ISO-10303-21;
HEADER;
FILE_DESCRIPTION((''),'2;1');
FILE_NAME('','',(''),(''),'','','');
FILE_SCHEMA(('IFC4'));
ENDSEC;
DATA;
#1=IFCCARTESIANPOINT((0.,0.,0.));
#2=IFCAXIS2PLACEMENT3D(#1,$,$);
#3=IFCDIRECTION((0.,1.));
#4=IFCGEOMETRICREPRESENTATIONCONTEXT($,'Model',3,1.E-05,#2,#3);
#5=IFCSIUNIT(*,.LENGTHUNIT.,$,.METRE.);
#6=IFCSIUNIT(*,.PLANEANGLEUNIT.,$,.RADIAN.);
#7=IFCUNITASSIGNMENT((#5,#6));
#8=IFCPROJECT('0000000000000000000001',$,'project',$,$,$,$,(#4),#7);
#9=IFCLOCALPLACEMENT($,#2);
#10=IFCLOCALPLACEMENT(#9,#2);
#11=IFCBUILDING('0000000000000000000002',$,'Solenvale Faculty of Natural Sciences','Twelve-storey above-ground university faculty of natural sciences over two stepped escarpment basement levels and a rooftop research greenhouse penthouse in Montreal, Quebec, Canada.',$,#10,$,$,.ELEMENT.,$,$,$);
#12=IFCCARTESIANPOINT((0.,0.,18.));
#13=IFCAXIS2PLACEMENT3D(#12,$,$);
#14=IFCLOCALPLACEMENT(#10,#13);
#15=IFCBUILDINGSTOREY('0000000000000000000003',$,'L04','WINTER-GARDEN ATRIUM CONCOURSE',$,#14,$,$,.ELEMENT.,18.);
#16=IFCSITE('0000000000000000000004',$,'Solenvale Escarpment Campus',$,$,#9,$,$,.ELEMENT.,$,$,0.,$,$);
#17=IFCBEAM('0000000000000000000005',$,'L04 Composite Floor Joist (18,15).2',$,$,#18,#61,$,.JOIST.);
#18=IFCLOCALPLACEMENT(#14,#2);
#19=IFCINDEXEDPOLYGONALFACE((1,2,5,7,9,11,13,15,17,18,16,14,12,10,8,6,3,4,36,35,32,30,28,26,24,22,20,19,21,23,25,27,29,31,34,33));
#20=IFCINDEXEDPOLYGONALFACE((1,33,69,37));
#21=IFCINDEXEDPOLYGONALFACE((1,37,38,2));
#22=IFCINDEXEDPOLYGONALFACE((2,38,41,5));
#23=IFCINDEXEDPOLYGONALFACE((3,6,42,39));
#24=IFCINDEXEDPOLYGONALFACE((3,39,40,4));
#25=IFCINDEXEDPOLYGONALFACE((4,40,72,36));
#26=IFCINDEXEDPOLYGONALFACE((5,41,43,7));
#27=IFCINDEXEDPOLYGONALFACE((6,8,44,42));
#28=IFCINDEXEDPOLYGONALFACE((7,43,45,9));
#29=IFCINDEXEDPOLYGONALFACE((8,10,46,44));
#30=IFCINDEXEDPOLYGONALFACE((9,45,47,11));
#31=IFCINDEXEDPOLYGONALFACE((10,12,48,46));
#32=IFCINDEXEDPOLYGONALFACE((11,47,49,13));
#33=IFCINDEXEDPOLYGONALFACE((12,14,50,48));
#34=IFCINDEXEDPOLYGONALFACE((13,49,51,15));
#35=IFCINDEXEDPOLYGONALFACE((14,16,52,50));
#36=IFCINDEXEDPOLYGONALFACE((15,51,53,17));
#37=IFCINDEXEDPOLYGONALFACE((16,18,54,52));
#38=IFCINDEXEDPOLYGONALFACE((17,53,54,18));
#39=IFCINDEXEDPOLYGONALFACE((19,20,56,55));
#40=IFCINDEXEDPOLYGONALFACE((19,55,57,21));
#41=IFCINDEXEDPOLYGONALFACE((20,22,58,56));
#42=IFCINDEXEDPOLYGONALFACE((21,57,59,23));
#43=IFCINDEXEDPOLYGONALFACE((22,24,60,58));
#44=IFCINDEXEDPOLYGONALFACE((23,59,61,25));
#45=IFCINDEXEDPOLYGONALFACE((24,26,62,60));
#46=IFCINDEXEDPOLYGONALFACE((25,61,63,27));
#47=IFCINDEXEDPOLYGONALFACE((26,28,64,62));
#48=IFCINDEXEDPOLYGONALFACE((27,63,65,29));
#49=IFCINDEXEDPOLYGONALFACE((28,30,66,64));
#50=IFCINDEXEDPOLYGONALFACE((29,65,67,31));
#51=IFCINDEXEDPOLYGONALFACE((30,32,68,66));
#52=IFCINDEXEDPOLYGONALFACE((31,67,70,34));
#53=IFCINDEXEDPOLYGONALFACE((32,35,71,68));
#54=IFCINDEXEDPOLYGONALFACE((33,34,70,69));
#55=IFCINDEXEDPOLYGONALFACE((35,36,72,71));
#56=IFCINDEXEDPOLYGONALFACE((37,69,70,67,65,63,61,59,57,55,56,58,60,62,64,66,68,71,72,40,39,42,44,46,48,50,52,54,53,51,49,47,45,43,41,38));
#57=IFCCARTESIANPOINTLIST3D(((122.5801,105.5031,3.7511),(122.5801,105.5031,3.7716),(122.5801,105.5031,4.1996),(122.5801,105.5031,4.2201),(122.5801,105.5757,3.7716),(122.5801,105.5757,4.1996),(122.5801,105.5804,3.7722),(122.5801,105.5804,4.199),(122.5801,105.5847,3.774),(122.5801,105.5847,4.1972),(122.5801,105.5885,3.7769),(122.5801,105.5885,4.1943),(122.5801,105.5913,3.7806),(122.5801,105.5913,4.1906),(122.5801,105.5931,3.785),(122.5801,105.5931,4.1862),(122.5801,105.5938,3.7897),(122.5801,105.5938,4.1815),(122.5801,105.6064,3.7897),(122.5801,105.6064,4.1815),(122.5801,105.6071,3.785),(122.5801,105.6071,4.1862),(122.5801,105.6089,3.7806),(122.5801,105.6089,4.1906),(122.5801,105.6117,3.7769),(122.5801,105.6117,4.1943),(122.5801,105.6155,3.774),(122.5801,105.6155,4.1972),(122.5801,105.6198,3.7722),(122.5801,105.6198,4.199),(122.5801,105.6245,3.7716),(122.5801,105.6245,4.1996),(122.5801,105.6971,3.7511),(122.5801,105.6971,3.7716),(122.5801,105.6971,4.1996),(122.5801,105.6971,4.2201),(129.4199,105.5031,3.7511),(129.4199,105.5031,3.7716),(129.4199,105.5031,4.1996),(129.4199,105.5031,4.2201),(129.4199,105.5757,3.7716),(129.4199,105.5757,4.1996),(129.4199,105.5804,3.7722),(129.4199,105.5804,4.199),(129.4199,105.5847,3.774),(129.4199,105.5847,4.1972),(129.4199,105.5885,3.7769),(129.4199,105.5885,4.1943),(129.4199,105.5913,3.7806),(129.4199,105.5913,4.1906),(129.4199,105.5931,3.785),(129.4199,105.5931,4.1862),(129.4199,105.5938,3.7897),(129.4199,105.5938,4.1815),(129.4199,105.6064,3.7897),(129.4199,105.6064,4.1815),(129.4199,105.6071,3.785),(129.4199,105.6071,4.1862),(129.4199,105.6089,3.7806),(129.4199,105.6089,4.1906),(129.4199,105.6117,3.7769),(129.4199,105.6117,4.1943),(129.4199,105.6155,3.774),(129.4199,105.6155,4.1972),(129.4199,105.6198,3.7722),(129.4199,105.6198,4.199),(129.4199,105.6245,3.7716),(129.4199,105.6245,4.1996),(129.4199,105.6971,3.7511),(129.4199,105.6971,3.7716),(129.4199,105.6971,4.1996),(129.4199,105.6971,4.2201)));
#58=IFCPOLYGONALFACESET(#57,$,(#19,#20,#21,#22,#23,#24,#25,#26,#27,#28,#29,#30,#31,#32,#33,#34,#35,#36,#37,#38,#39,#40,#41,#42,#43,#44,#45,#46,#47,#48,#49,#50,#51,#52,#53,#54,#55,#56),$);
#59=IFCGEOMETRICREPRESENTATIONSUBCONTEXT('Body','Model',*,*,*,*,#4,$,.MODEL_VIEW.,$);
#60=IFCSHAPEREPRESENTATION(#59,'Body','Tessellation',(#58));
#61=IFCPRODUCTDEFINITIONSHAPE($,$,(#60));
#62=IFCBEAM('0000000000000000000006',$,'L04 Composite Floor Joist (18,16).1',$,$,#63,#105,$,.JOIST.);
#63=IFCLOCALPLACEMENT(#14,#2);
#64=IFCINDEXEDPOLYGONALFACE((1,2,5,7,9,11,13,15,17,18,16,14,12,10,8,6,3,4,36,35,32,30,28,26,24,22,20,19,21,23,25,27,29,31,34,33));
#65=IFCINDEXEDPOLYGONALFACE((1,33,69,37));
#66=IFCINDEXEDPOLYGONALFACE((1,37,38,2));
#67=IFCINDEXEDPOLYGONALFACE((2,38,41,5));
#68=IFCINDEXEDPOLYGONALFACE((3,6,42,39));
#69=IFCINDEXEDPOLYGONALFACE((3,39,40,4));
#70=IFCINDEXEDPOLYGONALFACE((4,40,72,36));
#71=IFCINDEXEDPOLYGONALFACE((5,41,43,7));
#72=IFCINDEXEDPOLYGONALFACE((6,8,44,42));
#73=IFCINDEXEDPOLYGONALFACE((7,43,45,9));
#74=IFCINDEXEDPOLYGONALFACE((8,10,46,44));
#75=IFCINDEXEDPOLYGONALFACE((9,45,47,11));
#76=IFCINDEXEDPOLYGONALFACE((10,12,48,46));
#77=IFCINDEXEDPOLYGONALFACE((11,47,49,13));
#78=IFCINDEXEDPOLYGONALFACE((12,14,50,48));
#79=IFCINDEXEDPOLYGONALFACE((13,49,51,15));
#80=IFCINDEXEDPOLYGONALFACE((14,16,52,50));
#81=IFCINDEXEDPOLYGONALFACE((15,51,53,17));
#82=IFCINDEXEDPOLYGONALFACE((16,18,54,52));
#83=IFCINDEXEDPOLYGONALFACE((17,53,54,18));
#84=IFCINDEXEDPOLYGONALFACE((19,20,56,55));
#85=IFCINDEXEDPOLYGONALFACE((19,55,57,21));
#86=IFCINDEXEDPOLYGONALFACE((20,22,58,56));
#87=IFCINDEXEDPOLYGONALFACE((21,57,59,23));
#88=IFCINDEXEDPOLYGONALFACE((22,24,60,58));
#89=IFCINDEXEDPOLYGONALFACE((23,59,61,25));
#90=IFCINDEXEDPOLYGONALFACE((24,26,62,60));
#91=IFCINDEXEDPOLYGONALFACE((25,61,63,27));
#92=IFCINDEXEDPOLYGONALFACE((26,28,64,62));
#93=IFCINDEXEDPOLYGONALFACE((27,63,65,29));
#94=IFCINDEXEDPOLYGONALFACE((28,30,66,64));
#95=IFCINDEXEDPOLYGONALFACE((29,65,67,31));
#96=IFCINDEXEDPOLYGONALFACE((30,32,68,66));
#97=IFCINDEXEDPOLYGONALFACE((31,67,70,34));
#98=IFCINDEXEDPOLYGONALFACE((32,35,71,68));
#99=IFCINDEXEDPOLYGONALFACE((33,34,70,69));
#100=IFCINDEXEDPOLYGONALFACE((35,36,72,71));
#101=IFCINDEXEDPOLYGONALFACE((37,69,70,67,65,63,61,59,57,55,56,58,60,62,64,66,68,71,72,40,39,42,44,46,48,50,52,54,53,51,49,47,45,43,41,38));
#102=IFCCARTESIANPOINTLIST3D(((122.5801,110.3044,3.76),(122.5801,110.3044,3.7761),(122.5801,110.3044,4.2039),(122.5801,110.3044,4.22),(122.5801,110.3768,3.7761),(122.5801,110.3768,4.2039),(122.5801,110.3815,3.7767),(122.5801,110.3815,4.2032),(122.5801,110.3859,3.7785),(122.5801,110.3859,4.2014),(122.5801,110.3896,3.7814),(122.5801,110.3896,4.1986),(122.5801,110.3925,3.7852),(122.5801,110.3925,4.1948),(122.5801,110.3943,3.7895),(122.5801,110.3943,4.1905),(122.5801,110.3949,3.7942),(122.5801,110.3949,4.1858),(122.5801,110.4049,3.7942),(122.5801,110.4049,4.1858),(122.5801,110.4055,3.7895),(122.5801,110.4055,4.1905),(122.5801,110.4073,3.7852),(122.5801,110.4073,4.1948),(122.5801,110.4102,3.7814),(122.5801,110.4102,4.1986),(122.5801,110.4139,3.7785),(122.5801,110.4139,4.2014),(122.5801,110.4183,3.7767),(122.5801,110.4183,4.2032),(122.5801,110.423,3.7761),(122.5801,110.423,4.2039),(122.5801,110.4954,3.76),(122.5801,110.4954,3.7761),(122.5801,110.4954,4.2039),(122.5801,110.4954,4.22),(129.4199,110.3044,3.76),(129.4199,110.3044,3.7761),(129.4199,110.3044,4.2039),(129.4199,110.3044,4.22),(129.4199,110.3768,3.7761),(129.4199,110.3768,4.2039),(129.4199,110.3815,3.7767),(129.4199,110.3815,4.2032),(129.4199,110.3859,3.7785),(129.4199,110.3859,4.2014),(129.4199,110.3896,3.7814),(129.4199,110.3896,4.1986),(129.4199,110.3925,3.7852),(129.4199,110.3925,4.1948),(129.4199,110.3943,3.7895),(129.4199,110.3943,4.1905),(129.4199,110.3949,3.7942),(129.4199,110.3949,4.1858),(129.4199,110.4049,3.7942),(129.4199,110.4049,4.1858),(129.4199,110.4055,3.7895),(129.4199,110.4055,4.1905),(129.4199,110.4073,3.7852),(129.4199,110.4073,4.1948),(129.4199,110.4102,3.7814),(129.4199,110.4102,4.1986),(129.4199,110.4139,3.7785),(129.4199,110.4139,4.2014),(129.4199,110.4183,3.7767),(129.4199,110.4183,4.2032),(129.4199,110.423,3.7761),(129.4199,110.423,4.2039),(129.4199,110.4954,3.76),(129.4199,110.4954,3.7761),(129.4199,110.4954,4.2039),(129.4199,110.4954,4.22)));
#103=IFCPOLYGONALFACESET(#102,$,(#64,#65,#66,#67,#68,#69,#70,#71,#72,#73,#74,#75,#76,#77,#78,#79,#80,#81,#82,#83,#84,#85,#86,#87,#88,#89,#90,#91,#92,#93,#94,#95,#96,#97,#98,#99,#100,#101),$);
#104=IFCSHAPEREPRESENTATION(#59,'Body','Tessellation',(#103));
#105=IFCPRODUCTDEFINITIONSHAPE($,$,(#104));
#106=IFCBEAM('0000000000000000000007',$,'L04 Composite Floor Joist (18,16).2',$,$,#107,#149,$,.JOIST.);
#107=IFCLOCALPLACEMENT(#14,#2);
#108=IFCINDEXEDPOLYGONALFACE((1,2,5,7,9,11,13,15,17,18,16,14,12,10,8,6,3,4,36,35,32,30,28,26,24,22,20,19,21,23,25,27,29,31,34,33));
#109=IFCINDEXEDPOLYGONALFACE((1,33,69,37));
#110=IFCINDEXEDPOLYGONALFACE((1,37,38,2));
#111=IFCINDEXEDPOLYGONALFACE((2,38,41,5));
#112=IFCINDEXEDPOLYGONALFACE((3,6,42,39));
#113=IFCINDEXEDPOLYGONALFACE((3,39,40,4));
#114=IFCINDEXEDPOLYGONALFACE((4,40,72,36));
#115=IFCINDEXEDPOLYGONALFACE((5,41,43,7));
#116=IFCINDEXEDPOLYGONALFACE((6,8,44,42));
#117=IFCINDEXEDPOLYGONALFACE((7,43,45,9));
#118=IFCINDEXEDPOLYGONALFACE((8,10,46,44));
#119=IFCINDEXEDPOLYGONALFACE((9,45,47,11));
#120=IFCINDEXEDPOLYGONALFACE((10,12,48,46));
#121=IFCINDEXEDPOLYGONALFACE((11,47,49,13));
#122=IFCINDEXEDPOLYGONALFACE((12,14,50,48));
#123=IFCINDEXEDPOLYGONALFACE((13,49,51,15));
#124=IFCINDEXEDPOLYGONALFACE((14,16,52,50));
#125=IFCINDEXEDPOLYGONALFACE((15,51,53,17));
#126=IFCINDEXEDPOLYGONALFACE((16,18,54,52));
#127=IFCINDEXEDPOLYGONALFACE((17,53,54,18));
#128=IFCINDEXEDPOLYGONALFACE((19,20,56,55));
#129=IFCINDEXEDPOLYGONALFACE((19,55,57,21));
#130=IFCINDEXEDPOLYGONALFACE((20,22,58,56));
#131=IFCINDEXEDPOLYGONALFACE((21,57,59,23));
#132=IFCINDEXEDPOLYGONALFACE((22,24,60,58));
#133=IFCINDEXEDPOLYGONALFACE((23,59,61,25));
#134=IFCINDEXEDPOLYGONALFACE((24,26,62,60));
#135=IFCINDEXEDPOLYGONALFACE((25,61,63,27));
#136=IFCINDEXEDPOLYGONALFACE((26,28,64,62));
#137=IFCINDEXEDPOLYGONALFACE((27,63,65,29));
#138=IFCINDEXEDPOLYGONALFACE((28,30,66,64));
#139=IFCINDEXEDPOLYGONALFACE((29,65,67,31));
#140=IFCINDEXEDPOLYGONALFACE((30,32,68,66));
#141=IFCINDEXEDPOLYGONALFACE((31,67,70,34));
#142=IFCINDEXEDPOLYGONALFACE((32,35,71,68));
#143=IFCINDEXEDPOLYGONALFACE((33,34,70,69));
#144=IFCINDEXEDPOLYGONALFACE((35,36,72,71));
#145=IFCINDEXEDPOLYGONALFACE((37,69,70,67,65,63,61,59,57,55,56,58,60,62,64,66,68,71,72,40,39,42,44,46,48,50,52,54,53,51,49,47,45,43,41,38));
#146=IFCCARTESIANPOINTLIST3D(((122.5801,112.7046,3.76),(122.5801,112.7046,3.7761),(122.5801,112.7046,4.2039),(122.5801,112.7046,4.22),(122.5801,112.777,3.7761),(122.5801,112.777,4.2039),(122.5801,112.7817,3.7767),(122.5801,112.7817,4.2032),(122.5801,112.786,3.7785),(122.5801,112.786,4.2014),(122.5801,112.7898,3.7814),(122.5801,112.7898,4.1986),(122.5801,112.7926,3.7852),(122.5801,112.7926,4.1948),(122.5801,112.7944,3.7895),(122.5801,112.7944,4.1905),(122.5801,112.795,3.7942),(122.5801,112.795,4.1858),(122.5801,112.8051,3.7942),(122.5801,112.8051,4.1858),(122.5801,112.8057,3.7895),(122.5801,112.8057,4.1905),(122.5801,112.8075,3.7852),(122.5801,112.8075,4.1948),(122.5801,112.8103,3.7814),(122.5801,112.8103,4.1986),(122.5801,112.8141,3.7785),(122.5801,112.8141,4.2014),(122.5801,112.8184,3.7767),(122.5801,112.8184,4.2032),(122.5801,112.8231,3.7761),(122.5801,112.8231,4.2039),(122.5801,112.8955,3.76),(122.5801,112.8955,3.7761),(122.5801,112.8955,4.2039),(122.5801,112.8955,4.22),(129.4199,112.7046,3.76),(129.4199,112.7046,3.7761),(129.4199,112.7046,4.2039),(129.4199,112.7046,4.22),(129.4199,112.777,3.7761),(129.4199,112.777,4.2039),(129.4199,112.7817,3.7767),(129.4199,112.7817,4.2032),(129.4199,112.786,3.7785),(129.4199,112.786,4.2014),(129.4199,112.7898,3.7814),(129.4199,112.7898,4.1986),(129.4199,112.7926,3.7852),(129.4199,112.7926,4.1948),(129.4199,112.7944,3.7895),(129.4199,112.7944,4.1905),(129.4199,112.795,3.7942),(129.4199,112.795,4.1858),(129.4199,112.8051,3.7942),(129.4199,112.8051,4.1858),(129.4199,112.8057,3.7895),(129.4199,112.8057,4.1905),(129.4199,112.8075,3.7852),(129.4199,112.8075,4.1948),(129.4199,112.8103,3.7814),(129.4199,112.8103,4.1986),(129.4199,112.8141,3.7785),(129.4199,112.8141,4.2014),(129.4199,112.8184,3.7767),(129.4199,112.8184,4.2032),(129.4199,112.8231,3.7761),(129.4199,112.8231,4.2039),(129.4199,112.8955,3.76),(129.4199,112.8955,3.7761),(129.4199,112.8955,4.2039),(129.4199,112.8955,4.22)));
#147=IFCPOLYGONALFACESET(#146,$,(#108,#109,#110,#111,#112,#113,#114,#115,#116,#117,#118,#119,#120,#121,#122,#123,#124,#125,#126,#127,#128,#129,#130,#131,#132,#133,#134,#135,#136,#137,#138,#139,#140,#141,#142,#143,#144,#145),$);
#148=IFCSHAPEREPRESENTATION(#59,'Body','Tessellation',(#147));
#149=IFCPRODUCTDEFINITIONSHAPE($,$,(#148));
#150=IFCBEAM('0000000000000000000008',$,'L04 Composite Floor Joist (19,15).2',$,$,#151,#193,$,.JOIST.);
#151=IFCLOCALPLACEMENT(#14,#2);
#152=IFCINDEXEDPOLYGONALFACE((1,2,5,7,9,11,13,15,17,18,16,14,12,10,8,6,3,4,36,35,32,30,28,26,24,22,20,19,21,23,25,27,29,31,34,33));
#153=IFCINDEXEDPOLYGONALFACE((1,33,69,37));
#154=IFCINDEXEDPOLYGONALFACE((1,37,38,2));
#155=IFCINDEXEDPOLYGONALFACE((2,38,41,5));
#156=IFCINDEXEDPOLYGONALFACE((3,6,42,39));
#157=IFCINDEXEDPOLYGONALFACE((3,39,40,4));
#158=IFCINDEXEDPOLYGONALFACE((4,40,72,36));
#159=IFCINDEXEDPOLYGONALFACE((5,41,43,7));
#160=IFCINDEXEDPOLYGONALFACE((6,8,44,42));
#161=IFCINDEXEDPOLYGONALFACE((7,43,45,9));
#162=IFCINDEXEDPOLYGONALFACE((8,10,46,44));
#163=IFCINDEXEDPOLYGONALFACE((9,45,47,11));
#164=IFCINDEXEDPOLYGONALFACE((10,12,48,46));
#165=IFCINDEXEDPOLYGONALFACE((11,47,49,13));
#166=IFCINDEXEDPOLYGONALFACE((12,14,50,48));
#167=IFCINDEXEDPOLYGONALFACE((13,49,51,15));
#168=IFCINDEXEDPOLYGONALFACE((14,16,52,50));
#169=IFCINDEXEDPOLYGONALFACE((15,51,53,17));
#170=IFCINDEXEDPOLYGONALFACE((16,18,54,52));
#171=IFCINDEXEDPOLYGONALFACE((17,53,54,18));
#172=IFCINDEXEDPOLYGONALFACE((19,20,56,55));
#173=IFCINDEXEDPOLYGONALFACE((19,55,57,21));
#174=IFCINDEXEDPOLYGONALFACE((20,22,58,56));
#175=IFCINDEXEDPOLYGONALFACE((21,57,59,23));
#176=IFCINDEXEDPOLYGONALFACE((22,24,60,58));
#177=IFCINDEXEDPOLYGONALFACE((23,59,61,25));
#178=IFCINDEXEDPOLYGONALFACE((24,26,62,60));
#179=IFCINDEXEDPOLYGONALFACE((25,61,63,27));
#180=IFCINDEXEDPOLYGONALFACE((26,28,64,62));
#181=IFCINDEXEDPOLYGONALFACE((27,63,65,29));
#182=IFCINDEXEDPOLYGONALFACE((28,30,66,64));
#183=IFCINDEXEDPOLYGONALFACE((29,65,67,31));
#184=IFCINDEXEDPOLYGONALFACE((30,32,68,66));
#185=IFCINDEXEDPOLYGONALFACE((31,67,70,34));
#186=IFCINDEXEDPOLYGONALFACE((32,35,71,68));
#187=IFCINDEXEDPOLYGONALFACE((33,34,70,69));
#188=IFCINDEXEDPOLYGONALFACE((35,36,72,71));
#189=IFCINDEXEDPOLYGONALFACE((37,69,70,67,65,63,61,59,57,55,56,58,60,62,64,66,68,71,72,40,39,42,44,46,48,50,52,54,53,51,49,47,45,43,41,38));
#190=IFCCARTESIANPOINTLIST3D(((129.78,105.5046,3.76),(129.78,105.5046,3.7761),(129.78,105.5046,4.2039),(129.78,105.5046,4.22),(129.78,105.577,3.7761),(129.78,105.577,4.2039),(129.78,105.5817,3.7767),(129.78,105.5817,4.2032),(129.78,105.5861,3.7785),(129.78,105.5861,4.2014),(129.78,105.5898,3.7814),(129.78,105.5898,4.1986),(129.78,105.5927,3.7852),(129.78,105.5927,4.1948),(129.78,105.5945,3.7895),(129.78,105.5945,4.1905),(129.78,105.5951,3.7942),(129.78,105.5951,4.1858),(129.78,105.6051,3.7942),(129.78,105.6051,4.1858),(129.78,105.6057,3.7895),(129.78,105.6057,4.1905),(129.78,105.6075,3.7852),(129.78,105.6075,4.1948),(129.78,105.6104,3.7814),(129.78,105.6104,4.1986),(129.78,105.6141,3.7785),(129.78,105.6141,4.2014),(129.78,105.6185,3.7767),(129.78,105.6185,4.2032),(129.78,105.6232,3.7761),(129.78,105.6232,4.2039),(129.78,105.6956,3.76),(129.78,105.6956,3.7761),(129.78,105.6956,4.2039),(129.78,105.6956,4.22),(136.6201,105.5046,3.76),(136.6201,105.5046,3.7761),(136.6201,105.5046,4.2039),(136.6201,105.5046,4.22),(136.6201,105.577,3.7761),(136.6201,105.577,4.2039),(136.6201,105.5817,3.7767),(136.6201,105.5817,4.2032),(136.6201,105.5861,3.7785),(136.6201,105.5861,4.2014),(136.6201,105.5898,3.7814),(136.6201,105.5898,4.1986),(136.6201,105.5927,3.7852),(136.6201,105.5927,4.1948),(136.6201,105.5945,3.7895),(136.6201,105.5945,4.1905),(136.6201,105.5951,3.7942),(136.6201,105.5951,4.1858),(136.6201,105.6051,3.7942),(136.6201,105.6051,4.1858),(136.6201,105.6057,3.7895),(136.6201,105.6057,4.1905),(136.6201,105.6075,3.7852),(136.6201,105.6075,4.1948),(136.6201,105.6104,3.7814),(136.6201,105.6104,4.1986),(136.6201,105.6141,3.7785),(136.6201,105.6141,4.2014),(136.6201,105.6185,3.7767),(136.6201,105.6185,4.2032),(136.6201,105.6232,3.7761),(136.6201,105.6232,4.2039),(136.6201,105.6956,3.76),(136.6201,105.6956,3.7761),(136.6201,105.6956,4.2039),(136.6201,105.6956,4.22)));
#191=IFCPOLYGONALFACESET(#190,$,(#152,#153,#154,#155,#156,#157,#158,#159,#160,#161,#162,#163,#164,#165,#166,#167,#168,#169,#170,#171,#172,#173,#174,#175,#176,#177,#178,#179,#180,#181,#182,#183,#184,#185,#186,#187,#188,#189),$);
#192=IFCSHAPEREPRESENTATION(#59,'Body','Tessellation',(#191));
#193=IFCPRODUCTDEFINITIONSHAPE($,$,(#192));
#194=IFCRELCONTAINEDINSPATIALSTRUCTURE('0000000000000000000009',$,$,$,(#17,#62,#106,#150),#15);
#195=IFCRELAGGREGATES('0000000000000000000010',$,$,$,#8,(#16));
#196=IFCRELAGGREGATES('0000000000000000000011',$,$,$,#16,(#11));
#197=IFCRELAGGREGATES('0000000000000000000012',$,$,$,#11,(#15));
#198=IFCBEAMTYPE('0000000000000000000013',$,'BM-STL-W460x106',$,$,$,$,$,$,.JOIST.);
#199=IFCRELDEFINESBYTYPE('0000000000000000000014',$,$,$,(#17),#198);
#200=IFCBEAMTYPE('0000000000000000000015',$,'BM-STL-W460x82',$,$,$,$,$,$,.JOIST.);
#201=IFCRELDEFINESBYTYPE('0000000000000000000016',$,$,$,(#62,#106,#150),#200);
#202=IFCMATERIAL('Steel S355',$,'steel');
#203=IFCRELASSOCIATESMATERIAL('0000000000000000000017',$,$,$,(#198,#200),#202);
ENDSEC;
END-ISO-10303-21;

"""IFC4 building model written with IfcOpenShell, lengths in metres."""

from ifc_helpers import new_model, si_unit, direction, frame, origin, origin_2d, place, context, subcontext, project, spatial, i_section, extrude, material, material_profile, profile_set, type_object, element, save


model = new_model("IFC4")

# Units and contexts
model_context = context("Model", 3, precision=1e-05, world=origin(), true_north=direction((0.0, 1.0)))
body_context = subcontext(model_context, "Body", "Model", "MODEL_VIEW")
ifc_project = project(units=[si_unit("LENGTHUNIT", "METRE"), si_unit("PLANEANGLEUNIT", "RADIAN")], contexts=[model_context])

# Site, building, storey
site_placement = place(None, origin())
site = spatial("IfcSite", under=ifc_project, at=site_placement, Name="Solenvale Escarpment Campus", CompositionType="ELEMENT", RefElevation=0.0)
building_placement = place(site_placement, origin())
building = spatial("IfcBuilding", under=site, at=building_placement, Name="Solenvale Faculty of Natural Sciences", Description="Twelve-storey above-ground university faculty of natural sciences over two stepped escarpment basement levels and a rooftop research greenhouse penthouse in Montreal, Quebec, Canada.", CompositionType="ELEMENT")
storey_placement = place(building_placement, frame((0.0, 0.0, 18.0)))
storey = spatial("IfcBuildingStorey", under=building, at=storey_placement, Name="L04", Description="WINTER-GARDEN ATRIUM CONCOURSE", CompositionType="ELEMENT", Elevation=18.0)

# Beams
ifc_material_1 = material(Name="Steel S355", Category="steel")
ifc_material_profile_1 = material_profile(ifc_material_1, i_section(OverallWidth=0.1941, OverallDepth=0.469, WebThickness=0.0127, FlangeThickness=0.0205, FilletRadius=0.0181, at=origin_2d()), Name="W460x106")
ifc_profile_set_1 = profile_set([ifc_material_profile_1], Name="Steel S355")
beam_type_1 = type_object("IfcBeamType", Name="BM-STL-W460x106", PredefinedType="JOIST", material=ifc_profile_set_1)
beam_1_placement = place(storey_placement, frame((122.5801, 105.6001, 3.9856), z_axis=(1.0, 0.0, 0.0), x_axis=(0.0, 1.0, 0.0)))
element("IfcBeam", 1, at=beam_1_placement, inside=storey, type_object=beam_type_1, Name="L04 Composite Floor Joist (18,15).2", PredefinedType="JOIST", context=body_context, shape_type="SweptSolid", body=[
    extrude(i_section(OverallWidth=0.1941, OverallDepth=0.469, WebThickness=0.0127, FlangeThickness=0.0205, FilletRadius=0.0181, at=origin_2d()), origin(), (0.0, 0.0, 1.0), 6.8398),
])
ifc_material_profile_2 = material_profile(ifc_material_1, i_section(OverallWidth=0.1909, OverallDepth=0.46, WebThickness=0.01, FlangeThickness=0.0161, FilletRadius=0.0181, at=origin_2d()), Name="W460x82")
ifc_profile_set_2 = profile_set([ifc_material_profile_2], Name="Steel S355")
beam_type_2 = type_object("IfcBeamType", Name="BM-STL-W460x82", PredefinedType="JOIST", material=ifc_profile_set_2)
for number, where, z_axis, x_axis, name in (
    (2, (122.5801, 110.3999, 3.99), (1.0, 0.0, 0.0), (0.0, 1.0, 0.0), "L04 Composite Floor Joist (18,16).1"),
    (3, (122.5801, 112.8, 3.99), (1.0, 0.0, 0.0), (0.0, 1.0, 0.0), "L04 Composite Floor Joist (18,16).2"),
):
    element("IfcBeam", number, at=place(storey_placement, frame(where, z_axis=z_axis, x_axis=x_axis)), inside=storey, type_object=beam_type_2, Name=name, PredefinedType="JOIST", context=body_context, shape_type="SweptSolid", body=[
        extrude(i_section(OverallWidth=0.1909, OverallDepth=0.46, WebThickness=0.01, FlangeThickness=0.0161, FilletRadius=0.0181, at=origin_2d()), origin(), (0.0, 0.0, 1.0), 6.8398),
    ])
beam_2_placement = place(storey_placement, frame((129.78, 105.6001, 3.99), z_axis=(1.0, 0.0, 0.0), x_axis=(0.0, 1.0, 0.0)))
element("IfcBeam", 4, at=beam_2_placement, inside=storey, type_object=beam_type_2, Name="L04 Composite Floor Joist (19,15).2", PredefinedType="JOIST", context=body_context, shape_type="SweptSolid", body=[
    extrude(i_section(OverallWidth=0.1909, OverallDepth=0.46, WebThickness=0.01, FlangeThickness=0.0161, FilletRadius=0.0181, at=origin_2d()), origin(), (0.0, 0.0, 1.0), 6.8401),
])

save(model, "model.ifc")
